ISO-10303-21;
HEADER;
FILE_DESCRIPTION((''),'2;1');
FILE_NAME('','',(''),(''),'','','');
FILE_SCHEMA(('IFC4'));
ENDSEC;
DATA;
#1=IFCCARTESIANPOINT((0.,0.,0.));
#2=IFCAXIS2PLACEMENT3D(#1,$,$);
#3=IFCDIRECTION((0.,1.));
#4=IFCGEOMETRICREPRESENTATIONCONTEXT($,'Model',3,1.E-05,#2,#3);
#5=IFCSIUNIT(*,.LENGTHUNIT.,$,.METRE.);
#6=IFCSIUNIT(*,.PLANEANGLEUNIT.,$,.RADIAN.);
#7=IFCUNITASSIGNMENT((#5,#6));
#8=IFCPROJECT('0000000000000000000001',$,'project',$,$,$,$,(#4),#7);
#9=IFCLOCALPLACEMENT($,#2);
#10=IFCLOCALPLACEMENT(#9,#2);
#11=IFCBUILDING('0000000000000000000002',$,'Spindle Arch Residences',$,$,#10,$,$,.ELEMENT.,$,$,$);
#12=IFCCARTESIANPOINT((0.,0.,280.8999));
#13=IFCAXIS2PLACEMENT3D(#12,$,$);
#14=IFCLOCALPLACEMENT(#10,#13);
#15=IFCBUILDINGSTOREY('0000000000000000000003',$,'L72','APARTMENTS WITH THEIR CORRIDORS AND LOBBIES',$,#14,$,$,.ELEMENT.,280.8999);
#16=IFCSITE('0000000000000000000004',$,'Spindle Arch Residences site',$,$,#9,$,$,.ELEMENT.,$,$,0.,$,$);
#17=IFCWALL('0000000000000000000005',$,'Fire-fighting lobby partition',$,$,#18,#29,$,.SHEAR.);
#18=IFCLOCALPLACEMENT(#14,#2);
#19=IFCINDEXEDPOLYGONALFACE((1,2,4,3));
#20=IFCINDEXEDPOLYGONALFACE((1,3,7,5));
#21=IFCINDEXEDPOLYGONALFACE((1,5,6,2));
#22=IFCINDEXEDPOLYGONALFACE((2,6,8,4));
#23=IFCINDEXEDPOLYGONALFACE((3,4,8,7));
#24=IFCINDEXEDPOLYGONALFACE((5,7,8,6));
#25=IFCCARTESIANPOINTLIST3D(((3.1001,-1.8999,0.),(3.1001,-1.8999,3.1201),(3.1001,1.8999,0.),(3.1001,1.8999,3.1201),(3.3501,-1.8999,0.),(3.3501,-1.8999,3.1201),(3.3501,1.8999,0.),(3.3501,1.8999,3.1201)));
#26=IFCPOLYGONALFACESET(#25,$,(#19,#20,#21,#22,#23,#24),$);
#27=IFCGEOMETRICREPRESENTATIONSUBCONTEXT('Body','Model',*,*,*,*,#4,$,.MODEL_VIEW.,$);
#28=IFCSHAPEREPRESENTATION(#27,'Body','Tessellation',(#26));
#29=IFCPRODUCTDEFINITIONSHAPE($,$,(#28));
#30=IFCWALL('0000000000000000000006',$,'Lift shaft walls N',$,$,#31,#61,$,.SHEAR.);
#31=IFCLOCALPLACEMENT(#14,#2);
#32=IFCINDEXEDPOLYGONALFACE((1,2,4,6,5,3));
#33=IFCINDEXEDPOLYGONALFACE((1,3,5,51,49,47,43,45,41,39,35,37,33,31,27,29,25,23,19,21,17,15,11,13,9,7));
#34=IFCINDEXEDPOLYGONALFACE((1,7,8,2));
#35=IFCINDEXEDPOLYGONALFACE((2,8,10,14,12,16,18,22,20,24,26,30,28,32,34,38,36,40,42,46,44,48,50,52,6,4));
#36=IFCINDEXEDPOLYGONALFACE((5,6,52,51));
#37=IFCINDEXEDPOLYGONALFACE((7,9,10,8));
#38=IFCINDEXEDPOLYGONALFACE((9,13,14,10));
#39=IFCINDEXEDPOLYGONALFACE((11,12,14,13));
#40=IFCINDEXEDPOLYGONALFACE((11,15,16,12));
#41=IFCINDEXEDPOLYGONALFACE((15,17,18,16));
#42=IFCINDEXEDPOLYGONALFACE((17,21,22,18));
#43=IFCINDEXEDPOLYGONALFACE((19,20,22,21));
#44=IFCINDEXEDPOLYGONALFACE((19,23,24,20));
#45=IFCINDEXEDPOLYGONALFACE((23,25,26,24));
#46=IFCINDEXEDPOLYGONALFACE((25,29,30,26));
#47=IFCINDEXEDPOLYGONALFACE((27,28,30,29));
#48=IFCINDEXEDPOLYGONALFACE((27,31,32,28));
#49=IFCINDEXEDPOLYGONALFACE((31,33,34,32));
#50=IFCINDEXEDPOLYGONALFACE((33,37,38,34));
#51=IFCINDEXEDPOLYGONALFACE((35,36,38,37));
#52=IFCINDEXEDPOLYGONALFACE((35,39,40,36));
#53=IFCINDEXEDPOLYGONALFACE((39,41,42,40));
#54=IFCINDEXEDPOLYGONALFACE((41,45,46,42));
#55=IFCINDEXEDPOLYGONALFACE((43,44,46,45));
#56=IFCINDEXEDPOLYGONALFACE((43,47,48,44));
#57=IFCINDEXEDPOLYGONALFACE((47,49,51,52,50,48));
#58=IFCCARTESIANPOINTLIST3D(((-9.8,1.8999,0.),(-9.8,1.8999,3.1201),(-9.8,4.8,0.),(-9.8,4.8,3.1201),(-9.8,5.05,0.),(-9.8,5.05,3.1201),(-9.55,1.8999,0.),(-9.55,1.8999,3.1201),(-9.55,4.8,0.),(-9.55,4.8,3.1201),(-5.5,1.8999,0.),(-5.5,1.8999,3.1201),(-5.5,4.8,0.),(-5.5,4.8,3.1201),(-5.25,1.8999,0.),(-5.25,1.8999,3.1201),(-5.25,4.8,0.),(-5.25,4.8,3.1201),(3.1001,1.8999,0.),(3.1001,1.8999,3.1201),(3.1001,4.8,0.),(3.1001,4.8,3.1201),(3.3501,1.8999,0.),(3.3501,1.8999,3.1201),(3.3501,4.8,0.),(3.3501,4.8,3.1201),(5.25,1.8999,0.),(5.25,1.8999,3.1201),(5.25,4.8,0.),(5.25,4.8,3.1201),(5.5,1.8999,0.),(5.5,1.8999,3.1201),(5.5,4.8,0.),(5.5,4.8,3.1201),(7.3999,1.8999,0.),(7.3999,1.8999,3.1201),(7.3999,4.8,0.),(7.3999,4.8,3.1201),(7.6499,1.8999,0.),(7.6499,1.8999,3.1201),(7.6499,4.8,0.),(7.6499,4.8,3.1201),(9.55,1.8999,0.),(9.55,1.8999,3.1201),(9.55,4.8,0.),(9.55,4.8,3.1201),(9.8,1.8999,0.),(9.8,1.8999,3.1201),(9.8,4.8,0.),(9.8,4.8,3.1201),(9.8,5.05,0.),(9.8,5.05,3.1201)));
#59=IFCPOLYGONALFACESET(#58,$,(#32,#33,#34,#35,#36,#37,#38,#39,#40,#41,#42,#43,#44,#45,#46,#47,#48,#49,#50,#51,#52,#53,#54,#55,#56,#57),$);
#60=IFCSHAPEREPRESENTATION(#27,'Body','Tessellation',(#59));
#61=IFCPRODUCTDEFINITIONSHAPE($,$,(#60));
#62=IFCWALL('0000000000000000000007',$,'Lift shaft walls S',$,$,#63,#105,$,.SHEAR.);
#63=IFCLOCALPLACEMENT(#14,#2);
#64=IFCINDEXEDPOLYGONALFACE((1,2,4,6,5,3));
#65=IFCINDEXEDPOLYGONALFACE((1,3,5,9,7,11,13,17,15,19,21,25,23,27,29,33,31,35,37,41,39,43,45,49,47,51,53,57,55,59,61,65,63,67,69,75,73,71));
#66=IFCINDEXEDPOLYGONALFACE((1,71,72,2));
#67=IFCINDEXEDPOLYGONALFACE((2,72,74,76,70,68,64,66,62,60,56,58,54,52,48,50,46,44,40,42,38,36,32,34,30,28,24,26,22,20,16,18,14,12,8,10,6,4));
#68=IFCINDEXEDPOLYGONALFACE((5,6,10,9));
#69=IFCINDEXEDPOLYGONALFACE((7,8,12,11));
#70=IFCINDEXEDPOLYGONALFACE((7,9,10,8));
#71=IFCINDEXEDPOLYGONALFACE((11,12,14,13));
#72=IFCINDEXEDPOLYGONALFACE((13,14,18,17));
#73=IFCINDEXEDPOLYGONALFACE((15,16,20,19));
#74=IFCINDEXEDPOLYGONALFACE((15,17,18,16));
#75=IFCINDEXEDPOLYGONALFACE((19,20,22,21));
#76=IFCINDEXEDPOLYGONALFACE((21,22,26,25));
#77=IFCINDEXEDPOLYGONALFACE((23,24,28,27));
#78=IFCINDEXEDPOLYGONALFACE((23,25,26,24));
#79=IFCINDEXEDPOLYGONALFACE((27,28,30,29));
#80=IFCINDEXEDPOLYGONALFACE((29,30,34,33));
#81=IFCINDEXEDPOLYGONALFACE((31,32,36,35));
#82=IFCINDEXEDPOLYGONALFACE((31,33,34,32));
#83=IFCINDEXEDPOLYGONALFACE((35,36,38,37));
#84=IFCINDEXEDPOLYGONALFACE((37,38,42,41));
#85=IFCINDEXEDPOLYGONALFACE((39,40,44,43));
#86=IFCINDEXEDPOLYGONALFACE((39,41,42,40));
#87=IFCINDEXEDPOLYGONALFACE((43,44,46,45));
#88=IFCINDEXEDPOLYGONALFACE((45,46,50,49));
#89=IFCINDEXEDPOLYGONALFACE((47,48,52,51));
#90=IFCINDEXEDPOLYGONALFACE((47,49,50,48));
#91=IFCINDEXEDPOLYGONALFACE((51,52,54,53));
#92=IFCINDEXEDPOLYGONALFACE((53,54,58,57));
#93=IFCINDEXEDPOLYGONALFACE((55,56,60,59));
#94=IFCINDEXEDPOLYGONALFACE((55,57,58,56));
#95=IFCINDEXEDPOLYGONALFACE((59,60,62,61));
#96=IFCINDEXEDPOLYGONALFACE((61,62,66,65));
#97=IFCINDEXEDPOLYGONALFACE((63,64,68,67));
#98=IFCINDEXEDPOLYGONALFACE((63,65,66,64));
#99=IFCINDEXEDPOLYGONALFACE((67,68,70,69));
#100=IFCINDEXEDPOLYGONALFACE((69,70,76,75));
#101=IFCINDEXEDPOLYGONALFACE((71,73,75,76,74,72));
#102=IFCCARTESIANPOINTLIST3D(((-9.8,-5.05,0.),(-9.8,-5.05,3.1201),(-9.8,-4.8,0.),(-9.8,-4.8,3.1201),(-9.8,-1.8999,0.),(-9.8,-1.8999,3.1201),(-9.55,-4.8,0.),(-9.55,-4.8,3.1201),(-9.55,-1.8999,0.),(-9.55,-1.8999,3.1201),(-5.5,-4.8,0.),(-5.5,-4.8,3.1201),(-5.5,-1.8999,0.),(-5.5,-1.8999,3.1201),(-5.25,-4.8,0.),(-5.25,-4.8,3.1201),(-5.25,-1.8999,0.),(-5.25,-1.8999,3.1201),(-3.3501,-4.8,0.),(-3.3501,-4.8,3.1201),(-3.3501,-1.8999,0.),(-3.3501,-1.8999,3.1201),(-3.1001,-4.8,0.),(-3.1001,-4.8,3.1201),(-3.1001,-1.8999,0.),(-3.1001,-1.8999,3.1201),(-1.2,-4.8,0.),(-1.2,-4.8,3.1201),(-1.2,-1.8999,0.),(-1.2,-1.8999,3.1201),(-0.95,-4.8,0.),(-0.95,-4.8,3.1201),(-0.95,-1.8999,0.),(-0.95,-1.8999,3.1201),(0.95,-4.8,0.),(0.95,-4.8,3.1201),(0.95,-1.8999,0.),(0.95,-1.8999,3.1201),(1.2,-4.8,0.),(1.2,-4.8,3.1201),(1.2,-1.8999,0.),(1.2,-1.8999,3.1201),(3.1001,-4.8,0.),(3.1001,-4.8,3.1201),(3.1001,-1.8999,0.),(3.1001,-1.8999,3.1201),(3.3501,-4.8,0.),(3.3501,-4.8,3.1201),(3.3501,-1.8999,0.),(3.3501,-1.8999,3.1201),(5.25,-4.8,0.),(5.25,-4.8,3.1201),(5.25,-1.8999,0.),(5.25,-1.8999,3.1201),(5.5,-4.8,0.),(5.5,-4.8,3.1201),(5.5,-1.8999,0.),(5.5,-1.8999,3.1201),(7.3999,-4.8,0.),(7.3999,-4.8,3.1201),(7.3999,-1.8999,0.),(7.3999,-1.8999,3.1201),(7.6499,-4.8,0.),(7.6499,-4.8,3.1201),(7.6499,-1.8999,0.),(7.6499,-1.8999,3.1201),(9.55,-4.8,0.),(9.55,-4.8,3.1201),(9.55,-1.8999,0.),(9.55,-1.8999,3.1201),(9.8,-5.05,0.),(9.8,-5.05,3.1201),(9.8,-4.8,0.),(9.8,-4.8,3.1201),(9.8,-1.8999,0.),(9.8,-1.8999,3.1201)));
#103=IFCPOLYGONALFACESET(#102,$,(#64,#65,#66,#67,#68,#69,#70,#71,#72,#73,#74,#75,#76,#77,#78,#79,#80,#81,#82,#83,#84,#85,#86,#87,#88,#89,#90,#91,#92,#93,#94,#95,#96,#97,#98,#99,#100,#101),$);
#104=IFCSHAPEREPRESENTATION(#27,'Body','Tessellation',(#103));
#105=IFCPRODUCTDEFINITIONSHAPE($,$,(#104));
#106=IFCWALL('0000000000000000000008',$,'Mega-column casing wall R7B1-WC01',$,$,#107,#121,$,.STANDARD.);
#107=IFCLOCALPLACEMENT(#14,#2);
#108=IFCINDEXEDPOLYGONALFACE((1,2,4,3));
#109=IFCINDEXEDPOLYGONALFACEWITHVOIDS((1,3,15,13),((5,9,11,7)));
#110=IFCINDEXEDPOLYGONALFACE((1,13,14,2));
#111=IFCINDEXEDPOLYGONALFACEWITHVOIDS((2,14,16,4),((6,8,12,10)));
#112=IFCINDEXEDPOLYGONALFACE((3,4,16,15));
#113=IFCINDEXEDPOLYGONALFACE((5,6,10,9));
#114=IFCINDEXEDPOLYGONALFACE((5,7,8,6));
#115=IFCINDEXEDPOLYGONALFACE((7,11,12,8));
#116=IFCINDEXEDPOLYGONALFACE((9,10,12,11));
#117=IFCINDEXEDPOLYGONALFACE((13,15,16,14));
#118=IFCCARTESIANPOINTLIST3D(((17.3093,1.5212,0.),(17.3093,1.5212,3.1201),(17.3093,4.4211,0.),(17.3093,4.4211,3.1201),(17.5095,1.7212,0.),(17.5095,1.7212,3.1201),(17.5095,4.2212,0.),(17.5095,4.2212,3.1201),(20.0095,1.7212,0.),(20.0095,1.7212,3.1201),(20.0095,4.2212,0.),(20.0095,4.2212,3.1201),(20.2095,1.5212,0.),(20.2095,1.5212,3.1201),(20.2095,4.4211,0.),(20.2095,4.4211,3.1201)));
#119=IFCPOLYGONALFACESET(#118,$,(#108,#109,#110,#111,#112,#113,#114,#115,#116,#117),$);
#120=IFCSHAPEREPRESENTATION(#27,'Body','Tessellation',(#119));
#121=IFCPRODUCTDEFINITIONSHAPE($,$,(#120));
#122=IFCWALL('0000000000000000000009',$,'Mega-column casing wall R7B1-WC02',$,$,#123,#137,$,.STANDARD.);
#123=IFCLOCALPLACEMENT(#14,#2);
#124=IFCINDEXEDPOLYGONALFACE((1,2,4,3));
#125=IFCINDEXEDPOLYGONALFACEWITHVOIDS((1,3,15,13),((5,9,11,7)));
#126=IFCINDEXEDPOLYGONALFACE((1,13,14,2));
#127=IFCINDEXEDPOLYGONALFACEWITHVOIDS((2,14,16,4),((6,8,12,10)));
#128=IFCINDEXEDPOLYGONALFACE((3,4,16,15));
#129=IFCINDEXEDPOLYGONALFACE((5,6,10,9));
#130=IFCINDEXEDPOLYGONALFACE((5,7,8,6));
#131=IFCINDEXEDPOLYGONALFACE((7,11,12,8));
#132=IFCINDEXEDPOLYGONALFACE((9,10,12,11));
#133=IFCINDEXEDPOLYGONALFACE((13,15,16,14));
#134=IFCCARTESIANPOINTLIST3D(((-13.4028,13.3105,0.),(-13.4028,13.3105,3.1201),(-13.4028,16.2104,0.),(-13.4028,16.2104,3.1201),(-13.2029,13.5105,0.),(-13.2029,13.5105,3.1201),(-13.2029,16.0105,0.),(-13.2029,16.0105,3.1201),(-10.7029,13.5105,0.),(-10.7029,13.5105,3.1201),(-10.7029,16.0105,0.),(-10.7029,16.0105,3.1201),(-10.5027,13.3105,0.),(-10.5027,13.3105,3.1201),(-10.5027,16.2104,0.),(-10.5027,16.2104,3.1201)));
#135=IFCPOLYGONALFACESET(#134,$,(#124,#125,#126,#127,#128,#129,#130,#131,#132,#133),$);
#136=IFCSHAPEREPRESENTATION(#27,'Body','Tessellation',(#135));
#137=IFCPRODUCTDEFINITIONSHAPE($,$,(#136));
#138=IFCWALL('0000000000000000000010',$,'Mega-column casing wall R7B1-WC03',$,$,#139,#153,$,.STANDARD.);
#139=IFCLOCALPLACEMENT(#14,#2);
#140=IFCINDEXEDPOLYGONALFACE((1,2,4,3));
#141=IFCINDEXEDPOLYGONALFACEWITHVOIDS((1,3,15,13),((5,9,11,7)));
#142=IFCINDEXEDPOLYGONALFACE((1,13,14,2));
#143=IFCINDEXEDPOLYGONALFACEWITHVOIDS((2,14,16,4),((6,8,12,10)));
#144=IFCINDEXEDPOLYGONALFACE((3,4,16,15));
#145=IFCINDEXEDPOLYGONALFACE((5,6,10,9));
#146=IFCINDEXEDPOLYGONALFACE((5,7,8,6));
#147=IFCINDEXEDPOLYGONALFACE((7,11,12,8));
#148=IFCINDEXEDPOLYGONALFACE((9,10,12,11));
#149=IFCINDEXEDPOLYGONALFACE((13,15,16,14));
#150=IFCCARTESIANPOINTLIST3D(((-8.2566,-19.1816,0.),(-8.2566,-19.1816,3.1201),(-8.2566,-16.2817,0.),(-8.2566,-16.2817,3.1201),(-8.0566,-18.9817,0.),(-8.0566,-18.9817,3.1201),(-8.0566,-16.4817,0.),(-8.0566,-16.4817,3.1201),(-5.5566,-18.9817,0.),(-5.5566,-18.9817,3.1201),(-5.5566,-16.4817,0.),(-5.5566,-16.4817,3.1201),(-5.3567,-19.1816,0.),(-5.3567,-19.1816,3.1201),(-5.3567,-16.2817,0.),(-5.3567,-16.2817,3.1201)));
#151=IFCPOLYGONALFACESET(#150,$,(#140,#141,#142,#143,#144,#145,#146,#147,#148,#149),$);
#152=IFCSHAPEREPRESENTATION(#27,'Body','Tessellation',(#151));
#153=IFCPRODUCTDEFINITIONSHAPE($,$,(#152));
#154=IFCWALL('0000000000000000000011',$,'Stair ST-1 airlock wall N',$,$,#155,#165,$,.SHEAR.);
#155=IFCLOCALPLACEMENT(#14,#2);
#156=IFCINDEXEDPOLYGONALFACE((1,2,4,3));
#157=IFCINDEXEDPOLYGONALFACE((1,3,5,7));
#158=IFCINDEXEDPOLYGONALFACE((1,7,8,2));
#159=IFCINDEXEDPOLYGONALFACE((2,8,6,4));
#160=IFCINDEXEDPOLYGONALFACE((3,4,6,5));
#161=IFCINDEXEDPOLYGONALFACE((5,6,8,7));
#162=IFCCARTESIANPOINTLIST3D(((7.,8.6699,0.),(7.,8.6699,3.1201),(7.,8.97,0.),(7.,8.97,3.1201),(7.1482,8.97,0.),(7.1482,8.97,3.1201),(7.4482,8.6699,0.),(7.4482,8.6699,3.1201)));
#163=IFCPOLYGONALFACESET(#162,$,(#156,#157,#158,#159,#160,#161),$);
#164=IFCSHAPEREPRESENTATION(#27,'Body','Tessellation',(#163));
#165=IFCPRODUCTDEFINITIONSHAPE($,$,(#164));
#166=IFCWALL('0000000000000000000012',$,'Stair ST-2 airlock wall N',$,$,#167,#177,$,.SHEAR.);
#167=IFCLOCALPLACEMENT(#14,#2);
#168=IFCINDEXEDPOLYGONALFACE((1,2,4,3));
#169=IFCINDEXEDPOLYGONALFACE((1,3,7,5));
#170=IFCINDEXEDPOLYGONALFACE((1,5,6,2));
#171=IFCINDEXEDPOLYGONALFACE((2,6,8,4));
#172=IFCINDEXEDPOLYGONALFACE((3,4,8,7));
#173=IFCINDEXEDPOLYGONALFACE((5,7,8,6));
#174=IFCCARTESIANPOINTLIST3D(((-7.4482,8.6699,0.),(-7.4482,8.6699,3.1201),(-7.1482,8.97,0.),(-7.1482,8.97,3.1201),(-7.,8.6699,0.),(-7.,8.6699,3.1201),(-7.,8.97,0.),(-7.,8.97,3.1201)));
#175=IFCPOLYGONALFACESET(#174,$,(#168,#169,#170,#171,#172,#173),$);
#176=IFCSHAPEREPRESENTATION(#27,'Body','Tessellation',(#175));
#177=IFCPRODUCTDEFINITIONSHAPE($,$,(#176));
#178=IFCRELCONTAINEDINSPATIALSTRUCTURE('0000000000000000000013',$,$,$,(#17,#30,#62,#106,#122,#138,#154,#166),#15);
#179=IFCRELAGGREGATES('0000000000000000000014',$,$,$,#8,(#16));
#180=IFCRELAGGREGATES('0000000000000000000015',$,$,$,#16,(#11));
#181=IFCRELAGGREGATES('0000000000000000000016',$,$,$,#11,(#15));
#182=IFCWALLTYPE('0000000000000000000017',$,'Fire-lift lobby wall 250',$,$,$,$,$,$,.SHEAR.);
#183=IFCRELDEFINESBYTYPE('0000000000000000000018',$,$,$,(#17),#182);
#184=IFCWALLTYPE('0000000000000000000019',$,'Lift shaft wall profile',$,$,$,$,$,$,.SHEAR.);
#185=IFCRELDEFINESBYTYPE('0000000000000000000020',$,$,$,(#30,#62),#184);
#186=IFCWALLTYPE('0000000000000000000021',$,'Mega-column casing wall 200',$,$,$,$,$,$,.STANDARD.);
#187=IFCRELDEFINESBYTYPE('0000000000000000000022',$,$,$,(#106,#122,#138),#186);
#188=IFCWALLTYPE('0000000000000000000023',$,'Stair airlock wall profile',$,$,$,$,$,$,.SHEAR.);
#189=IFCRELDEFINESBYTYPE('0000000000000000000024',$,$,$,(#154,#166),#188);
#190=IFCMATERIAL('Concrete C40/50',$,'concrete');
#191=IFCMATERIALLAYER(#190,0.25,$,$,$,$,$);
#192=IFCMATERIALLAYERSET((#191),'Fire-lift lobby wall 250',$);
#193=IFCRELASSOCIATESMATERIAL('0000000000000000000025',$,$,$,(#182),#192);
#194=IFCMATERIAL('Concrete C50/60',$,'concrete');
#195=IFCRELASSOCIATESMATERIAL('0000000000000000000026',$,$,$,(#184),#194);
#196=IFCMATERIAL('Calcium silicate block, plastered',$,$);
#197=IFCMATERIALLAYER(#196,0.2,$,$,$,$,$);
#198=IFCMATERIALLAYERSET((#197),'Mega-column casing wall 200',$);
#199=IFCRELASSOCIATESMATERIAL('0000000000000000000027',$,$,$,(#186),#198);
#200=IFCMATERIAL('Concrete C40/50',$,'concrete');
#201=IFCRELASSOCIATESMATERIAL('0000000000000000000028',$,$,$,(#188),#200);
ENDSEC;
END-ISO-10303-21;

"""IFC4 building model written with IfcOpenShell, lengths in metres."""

from ifc_helpers import new_model, si_unit, direction, frame, frame_2d, origin, place, context, subcontext, project, spatial, polyline, rectangle, outline, extrude, material, layer, layer_set, type_object, element, save


model = new_model("IFC4")

# Units and contexts
model_context = context("Model", 3, precision=1e-05, world=origin(), true_north=direction((0.0, 1.0)))
body_context = subcontext(model_context, "Body", "Model", "MODEL_VIEW")
ifc_project = project(units=[si_unit("LENGTHUNIT", "METRE"), si_unit("PLANEANGLEUNIT", "RADIAN")], contexts=[model_context])

# Site, building, storey
site_placement = place(None, origin())
site = spatial("IfcSite", under=ifc_project, at=site_placement, Name="Spindle Arch Residences site", CompositionType="ELEMENT", RefElevation=0.0)
building_placement = place(site_placement, origin())
building = spatial("IfcBuilding", under=site, at=building_placement, Name="Spindle Arch Residences", CompositionType="ELEMENT")
storey_placement = place(building_placement, frame((0.0, 0.0, 280.8999)))
storey = spatial("IfcBuildingStorey", under=building, at=storey_placement, Name="L72", Description="APARTMENTS WITH THEIR CORRIDORS AND LOBBIES", CompositionType="ELEMENT", Elevation=280.8999)

# Wall
ifc_material_1 = material(Name="Concrete C40/50", Category="concrete")
ifc_layer_1 = layer(ifc_material_1, 0.25)
ifc_layer_set_1 = layer_set([ifc_layer_1], Name="Fire-lift lobby wall 250")
wall_type_1 = type_object("IfcWallType", Name="Fire-lift lobby wall 250", PredefinedType="SHEAR", material=ifc_layer_set_1)
wall_1_placement = place(storey_placement, frame((3.2251, -1.8999, 0.0), z_axis=(0.0, 0.0, 1.0), x_axis=(0.0, 1.0, 0.0)))
element("IfcWall", 1, at=wall_1_placement, inside=storey, type_object=wall_type_1, Name="Fire-fighting lobby partition", PredefinedType="SHEAR", context=body_context, shape_type="SweptSolid", body=[
    extrude(rectangle(XDim=3.7998, YDim=0.25, at=frame_2d((1.8999, 0.0))), origin(), (0.0, 0.0, 1.0), 3.1201),
])

# Walls
ifc_material_2 = material(Name="Concrete C50/60", Category="concrete")
wall_type_2 = type_object("IfcWallType", Name="Lift shaft wall profile", PredefinedType="SHEAR", material=ifc_material_2)
wall_2_placement = place(storey_placement, origin())
element("IfcWall", 2, at=wall_2_placement, inside=storey, type_object=wall_type_2, Name="Lift shaft walls N", PredefinedType="SHEAR", context=body_context, shape_type="SweptSolid", body=[
    extrude(outline(polyline([(-9.8, 1.8999), (-9.55, 1.8999), (-9.55, 4.8), (-5.5, 4.8), (-5.5, 1.8999), (-5.25, 1.8999), (-5.25, 4.8), (3.1001, 4.8), (3.1001, 1.8999), (3.3501, 1.8999), (3.3501, 4.8), (5.25, 4.8), (5.25, 1.8999), (5.5, 1.8999), (5.5, 4.8), (7.3999, 4.8), (7.3999, 1.8999), (7.6499, 1.8999), (7.6499, 4.8), (9.55, 4.8), (9.55, 1.8999), (9.8, 1.8999), (9.8, 4.8), (9.8, 5.05), (-9.8, 5.05), (-9.8, 4.8), (-9.8, 1.8999)])), origin(), (0.0, 0.0, 1.0), 3.1201),
])
wall_3_placement = place(storey_placement, origin())
element("IfcWall", 3, at=wall_3_placement, inside=storey, type_object=wall_type_2, Name="Lift shaft walls S", PredefinedType="SHEAR", context=body_context, shape_type="SweptSolid", body=[
    extrude(outline(polyline([(9.8, -5.05), (9.8, -4.8), (9.8, -1.8999), (9.55, -1.8999), (9.55, -4.8), (7.6499, -4.8), (7.6499, -1.8999), (7.3999, -1.8999), (7.3999, -4.8), (5.5, -4.8), (5.5, -1.8999), (5.25, -1.8999), (5.25, -4.8), (3.3501, -4.8), (3.3501, -1.8999), (3.1001, -1.8999), (3.1001, -4.8), (1.2, -4.8), (1.2, -1.8999), (0.95, -1.8999), (0.95, -4.8), (-0.95, -4.8), (-0.95, -1.8999), (-1.2, -1.8999), (-1.2, -4.8), (-3.1001, -4.8), (-3.1001, -1.8999), (-3.3501, -1.8999), (-3.3501, -4.8), (-5.25, -4.8), (-5.25, -1.8999), (-5.5, -1.8999), (-5.5, -4.8), (-9.55, -4.8), (-9.55, -1.8999), (-9.8, -1.8999), (-9.8, -4.8), (-9.8, -5.05), (9.8, -5.05)])), origin(), (0.0, 0.0, 1.0), 3.1201),
])
ifc_material_3 = material(Name="Calcium silicate block, plastered")
ifc_layer_2 = layer(ifc_material_3, 0.2)
ifc_layer_set_2 = layer_set([ifc_layer_2], Name="Mega-column casing wall 200")
wall_type_3 = type_object("IfcWallType", Name="Mega-column casing wall 200", PredefinedType="STANDARD", material=ifc_layer_set_2)
wall_4_placement = place(storey_placement, origin())
element("IfcWall", 4, at=wall_4_placement, inside=storey, type_object=wall_type_3, Name="Mega-column casing wall R7B1-WC01", PredefinedType="STANDARD", context=body_context, shape_type="SweptSolid", body=[
    extrude(outline(polyline([(20.2095, 4.4211), (20.2095, 1.5212), (17.3093, 1.5212), (17.3093, 4.4211), (20.2095, 4.4211)]), holes=[polyline([(17.5095, 1.7212), (20.0095, 1.7212), (20.0095, 4.2212), (17.5095, 4.2212), (17.5095, 1.7212)])]), origin(), (0.0, 0.0, 1.0), 3.1201),
])
wall_5_placement = place(storey_placement, origin())
element("IfcWall", 5, at=wall_5_placement, inside=storey, type_object=wall_type_3, Name="Mega-column casing wall R7B1-WC02", PredefinedType="STANDARD", context=body_context, shape_type="SweptSolid", body=[
    extrude(outline(polyline([(-10.5027, 16.2104), (-10.5027, 13.3105), (-13.4028, 13.3105), (-13.4028, 16.2104), (-10.5027, 16.2104)]), holes=[polyline([(-13.2029, 13.5105), (-10.7029, 13.5105), (-10.7029, 16.0105), (-13.2029, 16.0105), (-13.2029, 13.5105)])]), origin(), (0.0, 0.0, 1.0), 3.1201),
])
wall_6_placement = place(storey_placement, origin())
element("IfcWall", 6, at=wall_6_placement, inside=storey, type_object=wall_type_3, Name="Mega-column casing wall R7B1-WC03", PredefinedType="STANDARD", context=body_context, shape_type="SweptSolid", body=[
    extrude(outline(polyline([(-5.3567, -16.2817), (-5.3567, -19.1816), (-8.2566, -19.1816), (-8.2566, -16.2817), (-5.3567, -16.2817)]), holes=[polyline([(-8.0566, -18.9817), (-5.5566, -18.9817), (-5.5566, -16.4817), (-8.0566, -16.4817), (-8.0566, -18.9817)])]), origin(), (0.0, 0.0, 1.0), 3.1201),
])
ifc_material_4 = material(Name="Concrete C40/50", Category="concrete")
wall_type_4 = type_object("IfcWallType", Name="Stair airlock wall profile", PredefinedType="SHEAR", material=ifc_material_4)
wall_7_placement = place(storey_placement, origin())
element("IfcWall", 7, at=wall_7_placement, inside=storey, type_object=wall_type_4, Name="Stair ST-1 airlock wall N", PredefinedType="SHEAR", context=body_context, shape_type="SweptSolid", body=[
    extrude(outline(polyline([(7.4482, 8.6699), (7.0, 8.6699), (7.0, 8.97), (7.1482, 8.97), (7.4482, 8.6699)])), origin(), (0.0, 0.0, 1.0), 3.1201),
])
wall_8_placement = place(storey_placement, origin())
element("IfcWall", 8, at=wall_8_placement, inside=storey, type_object=wall_type_4, Name="Stair ST-2 airlock wall N", PredefinedType="SHEAR", context=body_context, shape_type="SweptSolid", body=[
    extrude(outline(polyline([(-7.1482, 8.97), (-7.0, 8.97), (-7.0, 8.6699), (-7.4482, 8.6699), (-7.1482, 8.97)])), origin(), (0.0, 0.0, 1.0), 3.1201),
])

save(model, "model.ifc")
